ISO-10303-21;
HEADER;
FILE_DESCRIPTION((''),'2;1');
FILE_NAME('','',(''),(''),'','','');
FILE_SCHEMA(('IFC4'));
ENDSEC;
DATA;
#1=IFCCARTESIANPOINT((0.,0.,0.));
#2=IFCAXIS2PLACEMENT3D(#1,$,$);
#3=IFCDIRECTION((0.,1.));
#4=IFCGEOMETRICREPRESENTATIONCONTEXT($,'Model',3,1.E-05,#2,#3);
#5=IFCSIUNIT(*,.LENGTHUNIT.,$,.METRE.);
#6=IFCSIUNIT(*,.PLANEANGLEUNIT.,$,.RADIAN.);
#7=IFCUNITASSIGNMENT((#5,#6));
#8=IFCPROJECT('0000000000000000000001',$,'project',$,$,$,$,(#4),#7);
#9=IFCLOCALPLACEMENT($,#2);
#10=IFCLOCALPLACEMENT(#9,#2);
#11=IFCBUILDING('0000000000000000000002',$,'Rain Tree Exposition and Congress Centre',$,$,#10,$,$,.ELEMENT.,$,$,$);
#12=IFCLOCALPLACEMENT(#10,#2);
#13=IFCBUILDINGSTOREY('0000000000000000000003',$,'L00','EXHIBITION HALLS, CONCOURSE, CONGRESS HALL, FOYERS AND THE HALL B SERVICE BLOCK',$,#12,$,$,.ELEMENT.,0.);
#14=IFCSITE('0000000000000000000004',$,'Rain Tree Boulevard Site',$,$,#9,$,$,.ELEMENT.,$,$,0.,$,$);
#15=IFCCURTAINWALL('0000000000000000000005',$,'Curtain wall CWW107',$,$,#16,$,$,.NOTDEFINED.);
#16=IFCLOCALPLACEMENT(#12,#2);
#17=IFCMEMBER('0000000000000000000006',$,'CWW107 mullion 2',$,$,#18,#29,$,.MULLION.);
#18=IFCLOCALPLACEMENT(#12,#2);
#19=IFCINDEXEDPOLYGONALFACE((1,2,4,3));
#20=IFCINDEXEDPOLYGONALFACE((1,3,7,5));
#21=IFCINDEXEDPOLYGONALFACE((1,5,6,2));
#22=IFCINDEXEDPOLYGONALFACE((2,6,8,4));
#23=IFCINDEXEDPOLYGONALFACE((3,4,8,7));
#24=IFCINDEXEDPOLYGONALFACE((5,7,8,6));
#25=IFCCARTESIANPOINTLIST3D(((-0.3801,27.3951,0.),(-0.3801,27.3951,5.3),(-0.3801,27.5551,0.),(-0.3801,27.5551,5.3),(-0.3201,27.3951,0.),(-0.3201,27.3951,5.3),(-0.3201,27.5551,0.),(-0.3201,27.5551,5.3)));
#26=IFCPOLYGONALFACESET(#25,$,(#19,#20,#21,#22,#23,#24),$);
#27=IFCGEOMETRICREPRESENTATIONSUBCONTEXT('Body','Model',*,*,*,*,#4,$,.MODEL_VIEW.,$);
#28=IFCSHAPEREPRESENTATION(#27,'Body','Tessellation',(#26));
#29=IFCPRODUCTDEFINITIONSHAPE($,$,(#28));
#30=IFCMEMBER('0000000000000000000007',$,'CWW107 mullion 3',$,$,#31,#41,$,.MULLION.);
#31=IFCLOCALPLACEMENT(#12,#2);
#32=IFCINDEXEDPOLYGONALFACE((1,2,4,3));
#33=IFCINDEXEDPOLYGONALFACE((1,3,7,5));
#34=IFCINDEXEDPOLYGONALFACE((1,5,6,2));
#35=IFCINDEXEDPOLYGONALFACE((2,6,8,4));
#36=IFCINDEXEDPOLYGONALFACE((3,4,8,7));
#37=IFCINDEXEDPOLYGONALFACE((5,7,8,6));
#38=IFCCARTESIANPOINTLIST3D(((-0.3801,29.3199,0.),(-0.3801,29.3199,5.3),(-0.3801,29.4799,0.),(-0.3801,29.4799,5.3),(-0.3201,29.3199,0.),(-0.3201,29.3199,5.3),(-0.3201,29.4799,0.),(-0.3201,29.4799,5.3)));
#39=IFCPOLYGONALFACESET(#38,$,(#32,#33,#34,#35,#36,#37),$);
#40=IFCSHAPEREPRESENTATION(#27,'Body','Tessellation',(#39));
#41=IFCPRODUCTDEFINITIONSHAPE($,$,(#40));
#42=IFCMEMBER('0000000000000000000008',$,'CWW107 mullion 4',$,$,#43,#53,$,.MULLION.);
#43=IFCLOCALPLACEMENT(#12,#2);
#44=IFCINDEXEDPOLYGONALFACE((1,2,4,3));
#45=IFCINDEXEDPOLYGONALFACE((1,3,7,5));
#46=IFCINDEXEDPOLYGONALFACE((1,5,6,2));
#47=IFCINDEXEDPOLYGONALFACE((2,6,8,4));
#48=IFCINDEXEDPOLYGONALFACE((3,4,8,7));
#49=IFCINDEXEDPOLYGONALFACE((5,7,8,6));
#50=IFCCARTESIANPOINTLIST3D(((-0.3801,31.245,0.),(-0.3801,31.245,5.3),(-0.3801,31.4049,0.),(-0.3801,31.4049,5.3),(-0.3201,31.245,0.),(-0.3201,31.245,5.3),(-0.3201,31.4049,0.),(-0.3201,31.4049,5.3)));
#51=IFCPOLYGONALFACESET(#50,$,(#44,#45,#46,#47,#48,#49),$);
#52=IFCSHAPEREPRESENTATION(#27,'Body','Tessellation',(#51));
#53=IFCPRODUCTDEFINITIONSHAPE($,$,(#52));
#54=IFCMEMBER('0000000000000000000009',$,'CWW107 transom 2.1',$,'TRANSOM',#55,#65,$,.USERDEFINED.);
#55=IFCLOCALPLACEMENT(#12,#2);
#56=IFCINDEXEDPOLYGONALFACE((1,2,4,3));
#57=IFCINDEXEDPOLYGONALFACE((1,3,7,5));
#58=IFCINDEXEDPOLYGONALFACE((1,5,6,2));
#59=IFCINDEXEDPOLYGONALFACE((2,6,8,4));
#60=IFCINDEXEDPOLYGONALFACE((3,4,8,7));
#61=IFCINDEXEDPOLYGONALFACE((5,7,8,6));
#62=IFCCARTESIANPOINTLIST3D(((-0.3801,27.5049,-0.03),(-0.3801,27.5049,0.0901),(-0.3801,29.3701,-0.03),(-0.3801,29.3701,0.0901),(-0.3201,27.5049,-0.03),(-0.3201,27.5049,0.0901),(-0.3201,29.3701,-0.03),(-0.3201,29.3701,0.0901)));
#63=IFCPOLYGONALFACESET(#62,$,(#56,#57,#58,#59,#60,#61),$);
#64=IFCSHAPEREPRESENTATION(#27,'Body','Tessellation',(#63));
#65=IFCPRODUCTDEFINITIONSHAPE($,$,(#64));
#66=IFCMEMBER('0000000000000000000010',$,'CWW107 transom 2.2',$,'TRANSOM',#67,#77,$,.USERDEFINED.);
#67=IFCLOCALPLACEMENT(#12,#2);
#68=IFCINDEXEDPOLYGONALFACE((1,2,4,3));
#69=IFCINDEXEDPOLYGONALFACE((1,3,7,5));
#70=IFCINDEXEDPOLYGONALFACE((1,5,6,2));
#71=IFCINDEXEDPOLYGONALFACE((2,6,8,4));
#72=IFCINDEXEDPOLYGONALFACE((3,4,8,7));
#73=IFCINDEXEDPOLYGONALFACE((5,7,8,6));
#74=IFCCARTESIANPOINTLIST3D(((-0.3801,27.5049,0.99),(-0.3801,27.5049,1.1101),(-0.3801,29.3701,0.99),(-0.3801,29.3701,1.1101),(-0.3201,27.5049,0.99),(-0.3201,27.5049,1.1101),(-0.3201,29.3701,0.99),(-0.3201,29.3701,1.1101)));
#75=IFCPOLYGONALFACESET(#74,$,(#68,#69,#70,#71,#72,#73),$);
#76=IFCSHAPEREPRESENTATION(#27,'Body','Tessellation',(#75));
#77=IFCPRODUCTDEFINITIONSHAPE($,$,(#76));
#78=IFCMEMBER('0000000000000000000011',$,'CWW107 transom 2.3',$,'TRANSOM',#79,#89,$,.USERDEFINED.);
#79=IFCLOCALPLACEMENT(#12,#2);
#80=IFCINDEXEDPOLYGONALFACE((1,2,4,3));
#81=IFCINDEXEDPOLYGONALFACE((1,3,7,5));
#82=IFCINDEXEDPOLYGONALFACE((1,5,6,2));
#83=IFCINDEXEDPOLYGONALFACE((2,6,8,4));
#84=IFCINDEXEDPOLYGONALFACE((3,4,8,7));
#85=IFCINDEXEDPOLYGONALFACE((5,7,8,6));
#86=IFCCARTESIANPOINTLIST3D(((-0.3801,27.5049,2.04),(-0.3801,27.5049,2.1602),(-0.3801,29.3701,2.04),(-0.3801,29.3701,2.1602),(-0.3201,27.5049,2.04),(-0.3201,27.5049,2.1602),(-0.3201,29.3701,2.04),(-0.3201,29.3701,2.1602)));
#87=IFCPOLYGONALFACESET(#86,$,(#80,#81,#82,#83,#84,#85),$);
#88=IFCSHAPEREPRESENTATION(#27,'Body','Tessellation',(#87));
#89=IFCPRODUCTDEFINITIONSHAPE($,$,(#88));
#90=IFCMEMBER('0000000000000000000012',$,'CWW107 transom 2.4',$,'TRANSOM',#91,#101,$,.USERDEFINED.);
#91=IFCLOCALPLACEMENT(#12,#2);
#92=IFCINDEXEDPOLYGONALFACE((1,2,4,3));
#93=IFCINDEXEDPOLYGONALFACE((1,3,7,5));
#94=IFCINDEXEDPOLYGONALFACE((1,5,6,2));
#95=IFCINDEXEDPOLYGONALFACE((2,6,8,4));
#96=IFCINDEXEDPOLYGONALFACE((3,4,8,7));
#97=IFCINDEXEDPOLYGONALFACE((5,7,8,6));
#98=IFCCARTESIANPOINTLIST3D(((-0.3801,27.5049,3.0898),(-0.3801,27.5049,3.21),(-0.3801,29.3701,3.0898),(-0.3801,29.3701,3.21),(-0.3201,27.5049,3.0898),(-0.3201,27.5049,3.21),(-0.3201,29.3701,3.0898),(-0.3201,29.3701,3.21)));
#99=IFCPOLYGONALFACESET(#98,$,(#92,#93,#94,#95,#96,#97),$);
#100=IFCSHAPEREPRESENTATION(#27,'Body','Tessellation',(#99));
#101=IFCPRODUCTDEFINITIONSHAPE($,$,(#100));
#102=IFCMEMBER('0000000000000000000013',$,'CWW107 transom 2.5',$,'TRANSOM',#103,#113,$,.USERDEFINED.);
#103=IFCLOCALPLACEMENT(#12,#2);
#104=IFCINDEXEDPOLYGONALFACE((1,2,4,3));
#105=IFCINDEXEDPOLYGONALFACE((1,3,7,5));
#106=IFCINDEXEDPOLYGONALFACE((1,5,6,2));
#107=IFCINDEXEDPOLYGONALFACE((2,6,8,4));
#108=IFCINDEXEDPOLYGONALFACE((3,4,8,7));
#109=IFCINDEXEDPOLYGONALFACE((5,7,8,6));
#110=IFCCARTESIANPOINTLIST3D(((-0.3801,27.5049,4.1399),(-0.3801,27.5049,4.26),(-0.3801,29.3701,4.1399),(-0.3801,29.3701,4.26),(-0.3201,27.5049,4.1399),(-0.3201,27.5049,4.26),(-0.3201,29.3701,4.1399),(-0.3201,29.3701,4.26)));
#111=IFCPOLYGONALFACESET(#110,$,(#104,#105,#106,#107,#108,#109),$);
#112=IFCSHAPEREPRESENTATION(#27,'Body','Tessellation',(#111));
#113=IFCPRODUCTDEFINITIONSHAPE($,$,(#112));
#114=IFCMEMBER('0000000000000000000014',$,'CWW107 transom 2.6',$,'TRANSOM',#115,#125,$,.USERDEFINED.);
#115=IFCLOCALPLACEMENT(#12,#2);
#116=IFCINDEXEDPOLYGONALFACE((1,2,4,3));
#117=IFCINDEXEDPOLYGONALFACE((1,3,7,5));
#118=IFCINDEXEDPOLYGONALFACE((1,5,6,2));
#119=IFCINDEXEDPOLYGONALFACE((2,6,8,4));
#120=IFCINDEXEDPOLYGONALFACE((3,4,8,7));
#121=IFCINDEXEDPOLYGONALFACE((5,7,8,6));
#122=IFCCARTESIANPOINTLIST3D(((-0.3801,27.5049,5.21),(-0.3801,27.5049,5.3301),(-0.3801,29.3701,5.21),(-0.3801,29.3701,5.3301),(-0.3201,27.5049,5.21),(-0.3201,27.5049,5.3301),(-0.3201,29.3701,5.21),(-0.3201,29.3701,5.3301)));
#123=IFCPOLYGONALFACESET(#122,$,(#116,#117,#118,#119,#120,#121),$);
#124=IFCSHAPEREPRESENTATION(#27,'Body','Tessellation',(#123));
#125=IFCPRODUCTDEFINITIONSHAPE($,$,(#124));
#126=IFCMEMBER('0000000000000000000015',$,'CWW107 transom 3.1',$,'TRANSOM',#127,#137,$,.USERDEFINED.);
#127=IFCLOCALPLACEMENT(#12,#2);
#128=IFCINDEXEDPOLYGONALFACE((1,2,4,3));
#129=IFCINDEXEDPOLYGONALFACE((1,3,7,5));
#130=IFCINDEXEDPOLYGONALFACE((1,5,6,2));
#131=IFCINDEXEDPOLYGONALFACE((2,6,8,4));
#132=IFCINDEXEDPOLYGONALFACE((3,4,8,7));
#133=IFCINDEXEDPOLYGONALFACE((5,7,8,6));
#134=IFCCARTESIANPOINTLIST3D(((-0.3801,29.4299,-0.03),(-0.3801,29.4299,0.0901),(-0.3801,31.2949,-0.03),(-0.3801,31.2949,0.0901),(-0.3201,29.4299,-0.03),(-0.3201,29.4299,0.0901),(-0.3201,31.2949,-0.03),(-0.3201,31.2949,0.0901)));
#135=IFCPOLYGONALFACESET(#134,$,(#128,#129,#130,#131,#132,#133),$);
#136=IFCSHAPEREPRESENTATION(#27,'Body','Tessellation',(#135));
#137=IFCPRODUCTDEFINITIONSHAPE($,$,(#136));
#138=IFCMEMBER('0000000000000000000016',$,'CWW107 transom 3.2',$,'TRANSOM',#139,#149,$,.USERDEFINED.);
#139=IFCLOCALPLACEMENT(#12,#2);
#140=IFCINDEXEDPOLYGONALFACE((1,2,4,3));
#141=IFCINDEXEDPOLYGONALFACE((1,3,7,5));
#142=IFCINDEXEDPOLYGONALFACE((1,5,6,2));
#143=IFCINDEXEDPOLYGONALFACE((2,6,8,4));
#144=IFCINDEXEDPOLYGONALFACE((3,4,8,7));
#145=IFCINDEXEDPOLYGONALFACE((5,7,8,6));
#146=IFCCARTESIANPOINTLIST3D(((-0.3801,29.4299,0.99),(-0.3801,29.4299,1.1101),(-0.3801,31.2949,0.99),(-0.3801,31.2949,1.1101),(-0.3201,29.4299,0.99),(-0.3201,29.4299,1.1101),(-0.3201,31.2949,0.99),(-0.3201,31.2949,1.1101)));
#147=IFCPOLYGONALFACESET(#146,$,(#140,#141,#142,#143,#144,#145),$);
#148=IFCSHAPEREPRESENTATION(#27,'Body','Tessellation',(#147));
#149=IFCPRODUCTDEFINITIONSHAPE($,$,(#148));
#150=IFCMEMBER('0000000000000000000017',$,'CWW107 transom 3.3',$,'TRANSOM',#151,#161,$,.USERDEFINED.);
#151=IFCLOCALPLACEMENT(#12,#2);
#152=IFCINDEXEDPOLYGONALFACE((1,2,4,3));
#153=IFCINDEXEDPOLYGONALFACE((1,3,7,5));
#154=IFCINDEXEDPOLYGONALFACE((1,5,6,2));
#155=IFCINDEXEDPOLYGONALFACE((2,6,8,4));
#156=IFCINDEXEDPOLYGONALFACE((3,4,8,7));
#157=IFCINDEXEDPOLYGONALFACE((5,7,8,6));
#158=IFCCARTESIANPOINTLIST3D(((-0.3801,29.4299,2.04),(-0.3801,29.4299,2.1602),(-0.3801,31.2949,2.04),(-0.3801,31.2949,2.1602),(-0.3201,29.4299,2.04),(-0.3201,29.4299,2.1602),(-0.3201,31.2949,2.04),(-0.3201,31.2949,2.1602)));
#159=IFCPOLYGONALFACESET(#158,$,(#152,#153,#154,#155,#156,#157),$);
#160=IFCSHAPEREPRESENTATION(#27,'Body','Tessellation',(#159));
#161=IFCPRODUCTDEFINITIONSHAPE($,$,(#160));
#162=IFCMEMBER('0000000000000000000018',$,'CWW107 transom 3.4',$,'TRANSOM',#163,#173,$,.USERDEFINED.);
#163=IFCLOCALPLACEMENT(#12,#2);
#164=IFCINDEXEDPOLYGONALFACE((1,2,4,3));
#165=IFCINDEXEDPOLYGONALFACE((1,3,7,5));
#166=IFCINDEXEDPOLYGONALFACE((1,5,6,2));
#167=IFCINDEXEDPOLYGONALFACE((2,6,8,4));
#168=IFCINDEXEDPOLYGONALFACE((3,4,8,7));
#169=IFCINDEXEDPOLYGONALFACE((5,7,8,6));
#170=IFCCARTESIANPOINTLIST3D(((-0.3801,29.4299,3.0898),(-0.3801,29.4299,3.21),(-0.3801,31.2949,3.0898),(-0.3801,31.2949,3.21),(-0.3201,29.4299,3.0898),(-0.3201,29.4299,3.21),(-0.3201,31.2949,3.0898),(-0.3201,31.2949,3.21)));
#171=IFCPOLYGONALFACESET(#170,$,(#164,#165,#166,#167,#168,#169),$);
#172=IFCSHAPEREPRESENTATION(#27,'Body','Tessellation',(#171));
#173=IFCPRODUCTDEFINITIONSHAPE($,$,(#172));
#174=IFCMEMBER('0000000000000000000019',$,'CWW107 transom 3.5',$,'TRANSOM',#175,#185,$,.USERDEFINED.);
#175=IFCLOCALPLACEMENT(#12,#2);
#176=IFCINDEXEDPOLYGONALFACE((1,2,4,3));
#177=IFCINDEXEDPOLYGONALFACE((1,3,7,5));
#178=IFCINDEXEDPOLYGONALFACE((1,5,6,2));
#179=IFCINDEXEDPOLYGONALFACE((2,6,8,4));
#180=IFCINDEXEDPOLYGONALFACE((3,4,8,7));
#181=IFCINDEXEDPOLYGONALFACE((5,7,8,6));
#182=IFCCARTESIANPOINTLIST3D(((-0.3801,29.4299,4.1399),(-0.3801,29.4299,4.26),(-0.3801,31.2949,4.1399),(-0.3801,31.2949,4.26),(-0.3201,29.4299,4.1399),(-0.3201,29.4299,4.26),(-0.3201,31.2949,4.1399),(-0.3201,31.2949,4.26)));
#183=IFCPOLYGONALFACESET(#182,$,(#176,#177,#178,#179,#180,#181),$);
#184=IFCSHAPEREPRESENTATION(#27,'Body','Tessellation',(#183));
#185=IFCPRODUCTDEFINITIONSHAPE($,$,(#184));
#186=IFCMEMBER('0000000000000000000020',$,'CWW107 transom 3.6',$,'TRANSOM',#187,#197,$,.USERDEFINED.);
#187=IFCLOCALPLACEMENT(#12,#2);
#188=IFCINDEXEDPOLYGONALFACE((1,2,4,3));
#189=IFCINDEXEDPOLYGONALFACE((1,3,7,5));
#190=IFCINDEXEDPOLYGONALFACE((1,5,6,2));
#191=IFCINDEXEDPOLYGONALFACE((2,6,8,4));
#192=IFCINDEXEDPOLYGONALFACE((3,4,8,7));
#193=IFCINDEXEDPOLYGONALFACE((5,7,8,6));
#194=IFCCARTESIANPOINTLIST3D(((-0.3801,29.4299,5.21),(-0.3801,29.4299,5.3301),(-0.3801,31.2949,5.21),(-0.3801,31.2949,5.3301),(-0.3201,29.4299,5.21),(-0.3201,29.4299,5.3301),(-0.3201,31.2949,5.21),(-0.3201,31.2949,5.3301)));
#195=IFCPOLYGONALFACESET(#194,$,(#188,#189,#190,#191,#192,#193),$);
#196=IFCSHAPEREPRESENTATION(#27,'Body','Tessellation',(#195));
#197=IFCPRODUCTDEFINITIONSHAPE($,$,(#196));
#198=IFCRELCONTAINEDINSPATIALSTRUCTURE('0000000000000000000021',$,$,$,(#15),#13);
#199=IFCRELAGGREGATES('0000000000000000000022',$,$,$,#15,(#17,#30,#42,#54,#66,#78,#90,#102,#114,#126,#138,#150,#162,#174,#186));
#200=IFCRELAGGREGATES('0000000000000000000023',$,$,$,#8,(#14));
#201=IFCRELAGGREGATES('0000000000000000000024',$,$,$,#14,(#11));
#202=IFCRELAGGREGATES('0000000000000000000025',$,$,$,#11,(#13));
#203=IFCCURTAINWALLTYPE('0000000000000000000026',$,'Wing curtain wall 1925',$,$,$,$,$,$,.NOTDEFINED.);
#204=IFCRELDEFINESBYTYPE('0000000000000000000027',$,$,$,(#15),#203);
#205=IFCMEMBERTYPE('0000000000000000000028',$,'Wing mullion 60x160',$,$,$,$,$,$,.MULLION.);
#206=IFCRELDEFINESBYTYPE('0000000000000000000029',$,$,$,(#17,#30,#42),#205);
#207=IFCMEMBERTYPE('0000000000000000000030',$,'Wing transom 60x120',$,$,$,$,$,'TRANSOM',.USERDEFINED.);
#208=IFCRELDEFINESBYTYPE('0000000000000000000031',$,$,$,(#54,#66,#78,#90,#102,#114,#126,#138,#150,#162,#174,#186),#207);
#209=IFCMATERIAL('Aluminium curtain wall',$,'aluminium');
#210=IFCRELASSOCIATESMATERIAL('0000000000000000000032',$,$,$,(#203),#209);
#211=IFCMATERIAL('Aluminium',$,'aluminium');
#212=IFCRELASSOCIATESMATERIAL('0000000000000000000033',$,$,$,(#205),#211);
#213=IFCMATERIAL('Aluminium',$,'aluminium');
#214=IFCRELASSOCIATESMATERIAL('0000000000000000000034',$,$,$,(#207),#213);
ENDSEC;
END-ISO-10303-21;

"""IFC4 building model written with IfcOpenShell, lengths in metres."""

from ifc_helpers import new_model, si_unit, direction, frame, origin, origin_2d, place, context, subcontext, project, spatial, rectangle, extrude, material, material_profile, profile_set, type_object, element, aggregate, save


model = new_model("IFC4")

# Units and contexts
model_context = context("Model", 3, precision=1e-05, world=origin(), true_north=direction((0.0, 1.0)))
body_context = subcontext(model_context, "Body", "Model", "MODEL_VIEW")
ifc_project = project(units=[si_unit("LENGTHUNIT", "METRE"), si_unit("PLANEANGLEUNIT", "RADIAN")], contexts=[model_context])

# Site, building, storey
site_placement = place(None, origin())
site = spatial("IfcSite", under=ifc_project, at=site_placement, Name="Rain Tree Boulevard Site", CompositionType="ELEMENT", RefElevation=0.0)
building_placement = place(site_placement, origin())
building = spatial("IfcBuilding", under=site, at=building_placement, Name="Rain Tree Exposition and Congress Centre", CompositionType="ELEMENT")
storey_placement = place(building_placement, origin())
storey = spatial("IfcBuildingStorey", under=building, at=storey_placement, Name="L00", Description="EXHIBITION HALLS, CONCOURSE, CONGRESS HALL, FOYERS AND THE HALL B SERVICE BLOCK", CompositionType="ELEMENT", Elevation=0.0)

# Curtain wall, members
ifc_material_1 = material(Name="Aluminium curtain wall", Category="aluminium")
curtain_wall_type = type_object("IfcCurtainWallType", Name="Wing curtain wall 1925", PredefinedType="NOTDEFINED", material=ifc_material_1)
curtain_wall_placement = place(storey_placement, origin())
curtain_wall = element("IfcCurtainWall", 1, at=curtain_wall_placement, inside=storey, type_object=curtain_wall_type, Name="Curtain wall CWW107", PredefinedType="NOTDEFINED")
ifc_material_2 = material(Name="Aluminium", Category="aluminium")
ifc_material_profile_1 = material_profile(ifc_material_2, rectangle(XDim=0.0601, YDim=0.1599, at=origin_2d()), Name="Aluminium 60x160")
ifc_profile_set_1 = profile_set([ifc_material_profile_1], Name="Aluminium")
member_type_1 = type_object("IfcMemberType", Name="Wing mullion 60x160", PredefinedType="MULLION", material=ifc_profile_set_1)
member_1_placement = place(storey_placement, frame((-0.3501, 27.4751, 0.0), z_axis=(0.0, 0.0, 1.0), x_axis=(-1.0, 0.0, 0.0)))
member_1 = element("IfcMember", 2, at=member_1_placement, type_object=member_type_1, Name="CWW107 mullion 2", PredefinedType="MULLION", context=body_context, shape_type="SweptSolid", body=[
    extrude(rectangle(XDim=0.0601, YDim=0.1599, at=origin_2d()), origin(), (0.0, 0.0, 1.0), 5.3),
])
member_2_placement = place(storey_placement, frame((-0.3501, 29.3999, 0.0), z_axis=(0.0, 0.0, 1.0), x_axis=(-1.0, 0.0, 0.0)))
member_2 = element("IfcMember", 3, at=member_2_placement, type_object=member_type_1, Name="CWW107 mullion 3", PredefinedType="MULLION", context=body_context, shape_type="SweptSolid", body=[
    extrude(rectangle(XDim=0.0601, YDim=0.1599, at=origin_2d()), origin(), (0.0, 0.0, 1.0), 5.3),
])
member_3_placement = place(storey_placement, frame((-0.3501, 31.325, 0.0), z_axis=(0.0, 0.0, 1.0), x_axis=(-1.0, 0.0, 0.0)))
member_3 = element("IfcMember", 4, at=member_3_placement, type_object=member_type_1, Name="CWW107 mullion 4", PredefinedType="MULLION", context=body_context, shape_type="SweptSolid", body=[
    extrude(rectangle(XDim=0.0601, YDim=0.1599, at=origin_2d()), origin(), (0.0, 0.0, 1.0), 5.3),
])
ifc_material_3 = material(Name="Aluminium", Category="aluminium")
ifc_material_profile_2 = material_profile(ifc_material_3, rectangle(XDim=0.0601, YDim=0.1201, at=origin_2d()), Name="Aluminium 60x120")
ifc_profile_set_2 = profile_set([ifc_material_profile_2], Name="Aluminium")
member_type_2 = type_object("IfcMemberType", Name="Wing transom 60x120", ElementType="TRANSOM", PredefinedType="USERDEFINED", material=ifc_profile_set_2)
member_4_placement = place(storey_placement, frame((-0.3501, 27.5049, 0.03), z_axis=(0.0, 1.0, 0.0), x_axis=(-1.0, 0.0, 0.0)))
member_4 = element("IfcMember", 5, at=member_4_placement, type_object=member_type_2, Name="CWW107 transom 2.1", ObjectType="TRANSOM", PredefinedType="USERDEFINED", context=body_context, shape_type="SweptSolid", body=[
    extrude(rectangle(XDim=0.0601, YDim=0.1201, at=origin_2d()), origin(), (0.0, 0.0, 1.0), 1.8652),
])
member_5_placement = place(storey_placement, frame((-0.3501, 27.5049, 1.05), z_axis=(0.0, 1.0, 0.0), x_axis=(-1.0, 0.0, 0.0)))
member_5 = element("IfcMember", 6, at=member_5_placement, type_object=member_type_2, Name="CWW107 transom 2.2", ObjectType="TRANSOM", PredefinedType="USERDEFINED", context=body_context, shape_type="SweptSolid", body=[
    extrude(rectangle(XDim=0.0601, YDim=0.1201, at=origin_2d()), origin(), (0.0, 0.0, 1.0), 1.8652),
])
member_6_placement = place(storey_placement, frame((-0.3501, 27.5049, 2.1001), z_axis=(0.0, 1.0, 0.0), x_axis=(-1.0, 0.0, 0.0)))
member_6 = element("IfcMember", 7, at=member_6_placement, type_object=member_type_2, Name="CWW107 transom 2.3", ObjectType="TRANSOM", PredefinedType="USERDEFINED", context=body_context, shape_type="SweptSolid", body=[
    extrude(rectangle(XDim=0.0601, YDim=0.1201, at=origin_2d()), origin(), (0.0, 0.0, 1.0), 1.8652),
])
member_7_placement = place(storey_placement, frame((-0.3501, 27.5049, 3.1499), z_axis=(0.0, 1.0, 0.0), x_axis=(-1.0, 0.0, 0.0)))
member_7 = element("IfcMember", 8, at=member_7_placement, type_object=member_type_2, Name="CWW107 transom 2.4", ObjectType="TRANSOM", PredefinedType="USERDEFINED", context=body_context, shape_type="SweptSolid", body=[
    extrude(rectangle(XDim=0.0601, YDim=0.1201, at=origin_2d()), origin(), (0.0, 0.0, 1.0), 1.8652),
])
member_8_placement = place(storey_placement, frame((-0.3501, 27.5049, 4.2), z_axis=(0.0, 1.0, 0.0), x_axis=(-1.0, 0.0, 0.0)))
member_8 = element("IfcMember", 9, at=member_8_placement, type_object=member_type_2, Name="CWW107 transom 2.5", ObjectType="TRANSOM", PredefinedType="USERDEFINED", context=body_context, shape_type="SweptSolid", body=[
    extrude(rectangle(XDim=0.0601, YDim=0.1201, at=origin_2d()), origin(), (0.0, 0.0, 1.0), 1.8652),
])
member_9_placement = place(storey_placement, frame((-0.3501, 27.5049, 5.27), z_axis=(0.0, 1.0, 0.0), x_axis=(-1.0, 0.0, 0.0)))
member_9 = element("IfcMember", 10, at=member_9_placement, type_object=member_type_2, Name="CWW107 transom 2.6", ObjectType="TRANSOM", PredefinedType="USERDEFINED", context=body_context, shape_type="SweptSolid", body=[
    extrude(rectangle(XDim=0.0601, YDim=0.1201, at=origin_2d()), origin(), (0.0, 0.0, 1.0), 1.8652),
])
member_10_placement = place(storey_placement, frame((-0.3501, 29.4299, 0.03), z_axis=(0.0, 1.0, 0.0), x_axis=(-1.0, 0.0, 0.0)))
member_10 = element("IfcMember", 11, at=member_10_placement, type_object=member_type_2, Name="CWW107 transom 3.1", ObjectType="TRANSOM", PredefinedType="USERDEFINED", context=body_context, shape_type="SweptSolid", body=[
    extrude(rectangle(XDim=0.0601, YDim=0.1201, at=origin_2d()), origin(), (0.0, 0.0, 1.0), 1.865),
])
member_11_placement = place(storey_placement, frame((-0.3501, 29.4299, 1.05), z_axis=(0.0, 1.0, 0.0), x_axis=(-1.0, 0.0, 0.0)))
member_11 = element("IfcMember", 12, at=member_11_placement, type_object=member_type_2, Name="CWW107 transom 3.2", ObjectType="TRANSOM", PredefinedType="USERDEFINED", context=body_context, shape_type="SweptSolid", body=[
    extrude(rectangle(XDim=0.0601, YDim=0.1201, at=origin_2d()), origin(), (0.0, 0.0, 1.0), 1.865),
])
member_12_placement = place(storey_placement, frame((-0.3501, 29.4299, 2.1001), z_axis=(0.0, 1.0, 0.0), x_axis=(-1.0, 0.0, 0.0)))
member_12 = element("IfcMember", 13, at=member_12_placement, type_object=member_type_2, Name="CWW107 transom 3.3", ObjectType="TRANSOM", PredefinedType="USERDEFINED", context=body_context, shape_type="SweptSolid", body=[
    extrude(rectangle(XDim=0.0601, YDim=0.1201, at=origin_2d()), origin(), (0.0, 0.0, 1.0), 1.865),
])
member_13_placement = place(storey_placement, frame((-0.3501, 29.4299, 3.1499), z_axis=(0.0, 1.0, 0.0), x_axis=(-1.0, 0.0, 0.0)))
member_13 = element("IfcMember", 14, at=member_13_placement, type_object=member_type_2, Name="CWW107 transom 3.4", ObjectType="TRANSOM", PredefinedType="USERDEFINED", context=body_context, shape_type="SweptSolid", body=[
    extrude(rectangle(XDim=0.0601, YDim=0.1201, at=origin_2d()), origin(), (0.0, 0.0, 1.0), 1.865),
])
member_14_placement = place(storey_placement, frame((-0.3501, 29.4299, 4.2), z_axis=(0.0, 1.0, 0.0), x_axis=(-1.0, 0.0, 0.0)))
member_14 = element("IfcMember", 15, at=member_14_placement, type_object=member_type_2, Name="CWW107 transom 3.5", ObjectType="TRANSOM", PredefinedType="USERDEFINED", context=body_context, shape_type="SweptSolid", body=[
    extrude(rectangle(XDim=0.0601, YDim=0.1201, at=origin_2d()), origin(), (0.0, 0.0, 1.0), 1.865),
])
member_15_placement = place(storey_placement, frame((-0.3501, 29.4299, 5.27), z_axis=(0.0, 1.0, 0.0), x_axis=(-1.0, 0.0, 0.0)))
member_15 = element("IfcMember", 16, at=member_15_placement, type_object=member_type_2, Name="CWW107 transom 3.6", ObjectType="TRANSOM", PredefinedType="USERDEFINED", context=body_context, shape_type="SweptSolid", body=[
    extrude(rectangle(XDim=0.0601, YDim=0.1201, at=origin_2d()), origin(), (0.0, 0.0, 1.0), 1.865),
])
aggregate(curtain_wall, [member_1, member_2, member_3, member_4, member_5, member_6, member_7, member_8, member_9, member_10, member_11, member_12, member_13, member_14, member_15])

save(model, "model.ifc")
